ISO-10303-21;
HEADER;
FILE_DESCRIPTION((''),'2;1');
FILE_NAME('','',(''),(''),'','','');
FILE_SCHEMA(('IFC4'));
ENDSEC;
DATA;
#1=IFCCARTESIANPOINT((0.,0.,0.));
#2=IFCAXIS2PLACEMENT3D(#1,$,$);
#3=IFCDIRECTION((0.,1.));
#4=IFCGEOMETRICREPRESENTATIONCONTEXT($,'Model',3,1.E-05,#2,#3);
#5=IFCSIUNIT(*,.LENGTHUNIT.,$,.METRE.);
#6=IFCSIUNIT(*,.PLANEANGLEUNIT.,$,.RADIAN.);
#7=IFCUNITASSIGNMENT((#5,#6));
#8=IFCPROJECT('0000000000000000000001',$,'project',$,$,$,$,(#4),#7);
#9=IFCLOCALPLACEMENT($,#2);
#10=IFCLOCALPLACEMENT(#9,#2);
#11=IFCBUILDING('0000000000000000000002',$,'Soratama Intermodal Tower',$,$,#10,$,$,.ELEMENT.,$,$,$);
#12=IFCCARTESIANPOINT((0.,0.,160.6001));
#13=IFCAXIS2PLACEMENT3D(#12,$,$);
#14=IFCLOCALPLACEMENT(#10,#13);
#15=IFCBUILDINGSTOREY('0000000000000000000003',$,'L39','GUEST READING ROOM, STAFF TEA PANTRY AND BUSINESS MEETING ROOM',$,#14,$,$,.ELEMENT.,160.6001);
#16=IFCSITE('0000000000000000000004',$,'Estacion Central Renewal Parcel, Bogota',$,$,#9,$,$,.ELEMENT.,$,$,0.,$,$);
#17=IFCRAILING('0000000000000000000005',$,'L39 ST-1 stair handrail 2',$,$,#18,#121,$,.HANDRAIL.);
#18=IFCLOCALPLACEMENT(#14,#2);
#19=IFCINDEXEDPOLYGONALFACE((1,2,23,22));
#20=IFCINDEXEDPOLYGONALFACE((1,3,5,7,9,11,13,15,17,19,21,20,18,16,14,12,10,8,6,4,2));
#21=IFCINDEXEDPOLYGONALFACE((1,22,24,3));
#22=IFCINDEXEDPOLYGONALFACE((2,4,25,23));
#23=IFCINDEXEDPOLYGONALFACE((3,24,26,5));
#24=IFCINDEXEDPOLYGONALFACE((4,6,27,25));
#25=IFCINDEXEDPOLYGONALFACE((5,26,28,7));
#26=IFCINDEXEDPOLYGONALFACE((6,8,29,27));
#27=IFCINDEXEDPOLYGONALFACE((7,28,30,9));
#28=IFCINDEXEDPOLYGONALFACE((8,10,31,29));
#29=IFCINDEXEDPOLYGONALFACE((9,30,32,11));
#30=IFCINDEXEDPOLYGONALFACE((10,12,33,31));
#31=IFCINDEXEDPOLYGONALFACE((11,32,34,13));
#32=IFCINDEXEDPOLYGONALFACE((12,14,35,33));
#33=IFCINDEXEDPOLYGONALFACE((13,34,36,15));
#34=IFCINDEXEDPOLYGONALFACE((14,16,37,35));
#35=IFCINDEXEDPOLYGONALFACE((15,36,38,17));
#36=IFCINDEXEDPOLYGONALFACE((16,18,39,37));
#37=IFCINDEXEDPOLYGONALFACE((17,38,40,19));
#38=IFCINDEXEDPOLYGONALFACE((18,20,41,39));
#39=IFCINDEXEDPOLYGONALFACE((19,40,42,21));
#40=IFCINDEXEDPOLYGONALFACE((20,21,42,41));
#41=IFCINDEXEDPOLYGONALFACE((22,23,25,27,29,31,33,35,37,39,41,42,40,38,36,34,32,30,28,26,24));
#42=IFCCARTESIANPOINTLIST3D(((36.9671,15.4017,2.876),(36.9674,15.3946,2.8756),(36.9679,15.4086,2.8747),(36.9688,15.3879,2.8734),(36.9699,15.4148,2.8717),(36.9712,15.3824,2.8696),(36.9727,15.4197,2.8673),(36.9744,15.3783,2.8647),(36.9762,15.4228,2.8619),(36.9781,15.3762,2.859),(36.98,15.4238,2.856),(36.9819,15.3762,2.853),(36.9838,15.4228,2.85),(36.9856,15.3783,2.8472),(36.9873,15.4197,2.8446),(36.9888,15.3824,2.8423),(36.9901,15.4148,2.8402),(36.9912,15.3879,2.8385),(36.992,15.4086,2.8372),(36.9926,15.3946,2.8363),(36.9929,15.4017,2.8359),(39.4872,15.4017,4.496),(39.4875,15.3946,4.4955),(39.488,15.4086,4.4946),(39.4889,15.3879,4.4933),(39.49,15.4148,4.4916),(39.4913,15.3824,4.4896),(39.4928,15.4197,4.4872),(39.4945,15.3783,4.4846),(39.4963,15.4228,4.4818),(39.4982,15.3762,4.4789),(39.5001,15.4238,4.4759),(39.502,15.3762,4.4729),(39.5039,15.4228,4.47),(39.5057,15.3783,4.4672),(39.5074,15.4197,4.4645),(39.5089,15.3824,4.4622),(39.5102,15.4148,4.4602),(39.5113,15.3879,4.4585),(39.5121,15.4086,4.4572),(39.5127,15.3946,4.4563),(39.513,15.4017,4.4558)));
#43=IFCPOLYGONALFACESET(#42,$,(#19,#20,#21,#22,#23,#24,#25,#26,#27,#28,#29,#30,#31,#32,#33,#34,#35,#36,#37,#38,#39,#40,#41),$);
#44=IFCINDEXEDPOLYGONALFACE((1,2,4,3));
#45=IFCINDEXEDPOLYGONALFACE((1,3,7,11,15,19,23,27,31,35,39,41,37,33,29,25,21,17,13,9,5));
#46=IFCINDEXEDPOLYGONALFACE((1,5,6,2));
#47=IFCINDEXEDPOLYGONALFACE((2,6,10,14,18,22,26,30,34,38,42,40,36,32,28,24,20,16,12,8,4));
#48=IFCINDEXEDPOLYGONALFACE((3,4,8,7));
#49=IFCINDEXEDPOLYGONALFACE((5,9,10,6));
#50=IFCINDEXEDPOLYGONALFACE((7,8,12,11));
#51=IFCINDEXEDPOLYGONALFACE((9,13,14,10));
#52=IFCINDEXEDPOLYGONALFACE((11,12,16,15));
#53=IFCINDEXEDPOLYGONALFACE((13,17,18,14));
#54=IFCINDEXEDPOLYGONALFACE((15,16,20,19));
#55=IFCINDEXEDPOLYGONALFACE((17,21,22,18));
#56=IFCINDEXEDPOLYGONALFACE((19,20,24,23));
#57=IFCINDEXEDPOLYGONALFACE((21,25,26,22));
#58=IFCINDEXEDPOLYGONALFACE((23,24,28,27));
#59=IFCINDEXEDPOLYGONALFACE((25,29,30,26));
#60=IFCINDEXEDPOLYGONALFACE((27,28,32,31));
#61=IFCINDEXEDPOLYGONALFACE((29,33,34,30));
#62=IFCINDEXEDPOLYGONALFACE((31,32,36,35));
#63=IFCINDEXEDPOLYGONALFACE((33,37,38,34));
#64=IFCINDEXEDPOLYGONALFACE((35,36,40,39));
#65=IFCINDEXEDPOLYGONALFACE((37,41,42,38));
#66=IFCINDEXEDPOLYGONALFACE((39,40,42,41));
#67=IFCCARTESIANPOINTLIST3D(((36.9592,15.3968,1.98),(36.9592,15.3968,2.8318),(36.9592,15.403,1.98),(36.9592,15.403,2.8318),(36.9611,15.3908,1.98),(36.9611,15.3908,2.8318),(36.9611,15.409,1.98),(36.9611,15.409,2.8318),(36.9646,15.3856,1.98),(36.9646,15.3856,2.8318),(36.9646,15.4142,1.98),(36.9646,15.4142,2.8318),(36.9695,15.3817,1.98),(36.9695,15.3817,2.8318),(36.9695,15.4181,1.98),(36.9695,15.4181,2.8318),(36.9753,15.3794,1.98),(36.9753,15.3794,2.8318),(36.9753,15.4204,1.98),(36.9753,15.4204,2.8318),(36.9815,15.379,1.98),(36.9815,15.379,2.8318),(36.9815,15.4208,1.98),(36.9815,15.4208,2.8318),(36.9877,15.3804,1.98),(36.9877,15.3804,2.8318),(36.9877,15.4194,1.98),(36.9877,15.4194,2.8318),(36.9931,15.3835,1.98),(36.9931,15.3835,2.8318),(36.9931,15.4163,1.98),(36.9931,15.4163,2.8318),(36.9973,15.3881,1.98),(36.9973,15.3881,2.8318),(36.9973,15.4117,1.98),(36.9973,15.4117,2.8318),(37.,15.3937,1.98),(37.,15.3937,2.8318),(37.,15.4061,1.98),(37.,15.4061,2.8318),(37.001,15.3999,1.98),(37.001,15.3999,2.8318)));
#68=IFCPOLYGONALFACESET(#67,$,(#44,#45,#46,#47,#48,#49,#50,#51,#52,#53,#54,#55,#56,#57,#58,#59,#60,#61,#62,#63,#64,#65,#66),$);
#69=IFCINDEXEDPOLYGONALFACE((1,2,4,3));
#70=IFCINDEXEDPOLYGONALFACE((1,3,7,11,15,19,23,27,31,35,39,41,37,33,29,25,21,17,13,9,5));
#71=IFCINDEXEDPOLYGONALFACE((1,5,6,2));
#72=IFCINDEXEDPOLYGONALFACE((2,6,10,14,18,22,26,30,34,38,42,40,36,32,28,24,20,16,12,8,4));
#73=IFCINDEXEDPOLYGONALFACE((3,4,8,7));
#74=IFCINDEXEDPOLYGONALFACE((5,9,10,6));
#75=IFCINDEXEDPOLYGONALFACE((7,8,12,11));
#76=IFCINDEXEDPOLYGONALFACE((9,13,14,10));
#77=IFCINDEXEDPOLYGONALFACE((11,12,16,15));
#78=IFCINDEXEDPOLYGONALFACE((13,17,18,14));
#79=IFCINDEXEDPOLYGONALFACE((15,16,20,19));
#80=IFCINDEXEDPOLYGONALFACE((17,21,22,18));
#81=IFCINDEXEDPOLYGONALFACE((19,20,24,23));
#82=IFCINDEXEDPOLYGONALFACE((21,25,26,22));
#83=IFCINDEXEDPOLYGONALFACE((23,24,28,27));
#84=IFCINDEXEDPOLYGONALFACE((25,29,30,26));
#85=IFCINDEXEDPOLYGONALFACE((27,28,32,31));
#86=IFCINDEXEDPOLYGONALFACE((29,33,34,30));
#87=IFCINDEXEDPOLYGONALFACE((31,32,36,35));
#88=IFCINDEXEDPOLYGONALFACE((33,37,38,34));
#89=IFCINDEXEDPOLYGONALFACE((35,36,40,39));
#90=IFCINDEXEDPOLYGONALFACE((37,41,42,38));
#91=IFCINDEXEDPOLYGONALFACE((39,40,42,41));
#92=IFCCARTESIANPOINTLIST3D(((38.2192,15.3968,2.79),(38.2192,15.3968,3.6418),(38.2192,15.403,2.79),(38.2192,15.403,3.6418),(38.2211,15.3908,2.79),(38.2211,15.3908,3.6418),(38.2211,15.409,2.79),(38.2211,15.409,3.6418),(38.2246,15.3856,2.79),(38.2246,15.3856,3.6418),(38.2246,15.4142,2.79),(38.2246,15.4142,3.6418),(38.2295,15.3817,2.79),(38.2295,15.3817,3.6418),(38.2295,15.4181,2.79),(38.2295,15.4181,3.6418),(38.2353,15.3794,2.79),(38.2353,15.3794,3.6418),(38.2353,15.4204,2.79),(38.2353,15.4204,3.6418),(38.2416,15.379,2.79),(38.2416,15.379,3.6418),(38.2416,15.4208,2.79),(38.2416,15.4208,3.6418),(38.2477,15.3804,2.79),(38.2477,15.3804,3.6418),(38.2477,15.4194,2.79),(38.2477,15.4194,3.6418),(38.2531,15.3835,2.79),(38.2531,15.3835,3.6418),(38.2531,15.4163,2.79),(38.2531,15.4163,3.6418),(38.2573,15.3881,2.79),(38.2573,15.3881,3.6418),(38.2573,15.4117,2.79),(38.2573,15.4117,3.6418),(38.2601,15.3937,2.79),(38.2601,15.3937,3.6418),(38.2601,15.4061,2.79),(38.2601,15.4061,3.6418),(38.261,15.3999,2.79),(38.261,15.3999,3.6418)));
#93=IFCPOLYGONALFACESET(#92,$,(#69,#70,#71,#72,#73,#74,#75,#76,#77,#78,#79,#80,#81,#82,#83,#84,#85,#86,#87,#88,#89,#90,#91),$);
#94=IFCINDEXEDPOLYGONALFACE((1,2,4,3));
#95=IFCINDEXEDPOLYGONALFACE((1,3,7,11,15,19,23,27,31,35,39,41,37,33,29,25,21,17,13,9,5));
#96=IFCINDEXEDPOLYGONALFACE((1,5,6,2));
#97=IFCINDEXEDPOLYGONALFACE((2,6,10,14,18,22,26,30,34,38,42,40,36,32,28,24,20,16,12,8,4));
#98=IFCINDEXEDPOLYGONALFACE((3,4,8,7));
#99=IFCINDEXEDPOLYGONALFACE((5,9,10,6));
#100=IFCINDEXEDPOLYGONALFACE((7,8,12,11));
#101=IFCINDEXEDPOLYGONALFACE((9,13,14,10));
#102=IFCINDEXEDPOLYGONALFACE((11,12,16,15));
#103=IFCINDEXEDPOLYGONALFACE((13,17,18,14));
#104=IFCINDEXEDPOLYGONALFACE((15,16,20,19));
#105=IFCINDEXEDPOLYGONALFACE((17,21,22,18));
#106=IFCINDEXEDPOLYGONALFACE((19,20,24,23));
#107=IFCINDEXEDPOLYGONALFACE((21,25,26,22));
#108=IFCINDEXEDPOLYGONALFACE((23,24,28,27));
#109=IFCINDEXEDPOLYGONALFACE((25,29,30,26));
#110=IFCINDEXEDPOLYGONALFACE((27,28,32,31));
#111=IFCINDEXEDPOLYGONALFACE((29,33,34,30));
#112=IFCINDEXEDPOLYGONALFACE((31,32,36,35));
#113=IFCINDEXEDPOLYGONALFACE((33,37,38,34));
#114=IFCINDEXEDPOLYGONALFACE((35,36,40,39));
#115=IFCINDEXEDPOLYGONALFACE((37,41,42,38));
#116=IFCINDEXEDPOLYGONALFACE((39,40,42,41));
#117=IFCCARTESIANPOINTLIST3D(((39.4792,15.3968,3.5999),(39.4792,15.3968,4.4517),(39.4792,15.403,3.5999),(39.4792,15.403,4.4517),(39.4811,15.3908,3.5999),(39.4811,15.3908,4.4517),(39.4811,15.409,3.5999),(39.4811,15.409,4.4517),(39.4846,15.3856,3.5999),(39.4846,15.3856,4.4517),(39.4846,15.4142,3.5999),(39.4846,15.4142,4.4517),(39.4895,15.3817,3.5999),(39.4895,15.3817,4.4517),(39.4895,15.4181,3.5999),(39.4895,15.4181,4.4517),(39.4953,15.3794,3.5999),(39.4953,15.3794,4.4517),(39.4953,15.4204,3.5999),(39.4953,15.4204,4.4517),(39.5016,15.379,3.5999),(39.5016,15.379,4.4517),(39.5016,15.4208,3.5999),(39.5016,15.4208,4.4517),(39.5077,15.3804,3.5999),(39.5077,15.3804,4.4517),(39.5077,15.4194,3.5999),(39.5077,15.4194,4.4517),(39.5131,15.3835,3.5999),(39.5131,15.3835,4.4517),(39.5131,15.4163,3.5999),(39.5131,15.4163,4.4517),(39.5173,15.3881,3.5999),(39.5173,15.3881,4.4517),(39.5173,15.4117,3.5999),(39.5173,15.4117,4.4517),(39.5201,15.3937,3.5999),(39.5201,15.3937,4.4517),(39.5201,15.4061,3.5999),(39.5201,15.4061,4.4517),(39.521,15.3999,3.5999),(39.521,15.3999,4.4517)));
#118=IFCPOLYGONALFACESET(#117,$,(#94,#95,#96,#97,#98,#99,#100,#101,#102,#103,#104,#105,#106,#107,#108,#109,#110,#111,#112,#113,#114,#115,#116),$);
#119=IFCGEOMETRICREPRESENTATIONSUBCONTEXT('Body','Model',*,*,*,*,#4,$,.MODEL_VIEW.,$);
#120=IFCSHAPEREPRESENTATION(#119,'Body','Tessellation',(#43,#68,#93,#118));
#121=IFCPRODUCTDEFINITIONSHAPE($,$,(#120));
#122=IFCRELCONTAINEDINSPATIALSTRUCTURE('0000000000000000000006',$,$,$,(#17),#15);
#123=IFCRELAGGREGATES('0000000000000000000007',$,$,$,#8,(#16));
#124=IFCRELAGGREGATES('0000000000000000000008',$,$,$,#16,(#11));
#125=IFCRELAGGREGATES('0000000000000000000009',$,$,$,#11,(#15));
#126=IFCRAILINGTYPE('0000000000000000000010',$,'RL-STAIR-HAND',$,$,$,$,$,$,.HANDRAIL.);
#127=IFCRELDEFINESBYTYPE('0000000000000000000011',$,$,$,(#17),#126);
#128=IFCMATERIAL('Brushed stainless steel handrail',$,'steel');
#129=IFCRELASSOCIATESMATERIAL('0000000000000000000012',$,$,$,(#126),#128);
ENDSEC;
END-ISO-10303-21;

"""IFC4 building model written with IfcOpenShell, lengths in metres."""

from ifc_helpers import new_model, si_unit, direction, frame, origin, origin_2d, place, context, subcontext, project, spatial, circle, extrude, material, type_object, element, save


model = new_model("IFC4")

# Units and contexts
model_context = context("Model", 3, precision=1e-05, world=origin(), true_north=direction((0.0, 1.0)))
body_context = subcontext(model_context, "Body", "Model", "MODEL_VIEW")
ifc_project = project(units=[si_unit("LENGTHUNIT", "METRE"), si_unit("PLANEANGLEUNIT", "RADIAN")], contexts=[model_context])

# Site, building, storey
site_placement = place(None, origin())
site = spatial("IfcSite", under=ifc_project, at=site_placement, Name="Estacion Central Renewal Parcel, Bogota", CompositionType="ELEMENT", RefElevation=0.0)
building_placement = place(site_placement, origin())
building = spatial("IfcBuilding", under=site, at=building_placement, Name="Soratama Intermodal Tower", CompositionType="ELEMENT")
storey_placement = place(building_placement, frame((0.0, 0.0, 160.6001)))
storey = spatial("IfcBuildingStorey", under=building, at=storey_placement, Name="L39", Description="GUEST READING ROOM, STAFF TEA PANTRY AND BUSINESS MEETING ROOM", CompositionType="ELEMENT", Elevation=160.6001)

# Railing
ifc_material_1 = material(Name="Brushed stainless steel handrail", Category="steel")
railing_type_1 = type_object("IfcRailingType", Name="RL-STAIR-HAND", PredefinedType="HANDRAIL", material=ifc_material_1)
railing_1_placement = place(storey_placement, frame((36.98, 15.3999, 1.98)))
element("IfcRailing", 1, at=railing_1_placement, inside=storey, type_object=railing_type_1, Name="L39 ST-1 stair handrail 2", PredefinedType="HANDRAIL", context=body_context, shape_type="SweptSolid", body=[
    extrude(circle(Radius=0.0239, at=origin_2d()), frame((0.0, 0.0, 0.876), z_axis=(0.8412, 0.0, 0.540725), x_axis=(0.0, 1.0, 0.0)), (0.0, 0.0, 1.0), 2.9958),
    extrude(circle(Radius=0.021, at=origin_2d()), origin(), (0.0, 0.0, 1.0), 0.8518),
    extrude(circle(Radius=0.021, at=origin_2d()), frame((1.26, 0.0, 0.8101)), (0.0, 0.0, 1.0), 0.8518),
    extrude(circle(Radius=0.021, at=origin_2d()), frame((2.52, 0.0, 1.6199)), (0.0, 0.0, 1.0), 0.8518),
])

save(model, "model.ifc")
